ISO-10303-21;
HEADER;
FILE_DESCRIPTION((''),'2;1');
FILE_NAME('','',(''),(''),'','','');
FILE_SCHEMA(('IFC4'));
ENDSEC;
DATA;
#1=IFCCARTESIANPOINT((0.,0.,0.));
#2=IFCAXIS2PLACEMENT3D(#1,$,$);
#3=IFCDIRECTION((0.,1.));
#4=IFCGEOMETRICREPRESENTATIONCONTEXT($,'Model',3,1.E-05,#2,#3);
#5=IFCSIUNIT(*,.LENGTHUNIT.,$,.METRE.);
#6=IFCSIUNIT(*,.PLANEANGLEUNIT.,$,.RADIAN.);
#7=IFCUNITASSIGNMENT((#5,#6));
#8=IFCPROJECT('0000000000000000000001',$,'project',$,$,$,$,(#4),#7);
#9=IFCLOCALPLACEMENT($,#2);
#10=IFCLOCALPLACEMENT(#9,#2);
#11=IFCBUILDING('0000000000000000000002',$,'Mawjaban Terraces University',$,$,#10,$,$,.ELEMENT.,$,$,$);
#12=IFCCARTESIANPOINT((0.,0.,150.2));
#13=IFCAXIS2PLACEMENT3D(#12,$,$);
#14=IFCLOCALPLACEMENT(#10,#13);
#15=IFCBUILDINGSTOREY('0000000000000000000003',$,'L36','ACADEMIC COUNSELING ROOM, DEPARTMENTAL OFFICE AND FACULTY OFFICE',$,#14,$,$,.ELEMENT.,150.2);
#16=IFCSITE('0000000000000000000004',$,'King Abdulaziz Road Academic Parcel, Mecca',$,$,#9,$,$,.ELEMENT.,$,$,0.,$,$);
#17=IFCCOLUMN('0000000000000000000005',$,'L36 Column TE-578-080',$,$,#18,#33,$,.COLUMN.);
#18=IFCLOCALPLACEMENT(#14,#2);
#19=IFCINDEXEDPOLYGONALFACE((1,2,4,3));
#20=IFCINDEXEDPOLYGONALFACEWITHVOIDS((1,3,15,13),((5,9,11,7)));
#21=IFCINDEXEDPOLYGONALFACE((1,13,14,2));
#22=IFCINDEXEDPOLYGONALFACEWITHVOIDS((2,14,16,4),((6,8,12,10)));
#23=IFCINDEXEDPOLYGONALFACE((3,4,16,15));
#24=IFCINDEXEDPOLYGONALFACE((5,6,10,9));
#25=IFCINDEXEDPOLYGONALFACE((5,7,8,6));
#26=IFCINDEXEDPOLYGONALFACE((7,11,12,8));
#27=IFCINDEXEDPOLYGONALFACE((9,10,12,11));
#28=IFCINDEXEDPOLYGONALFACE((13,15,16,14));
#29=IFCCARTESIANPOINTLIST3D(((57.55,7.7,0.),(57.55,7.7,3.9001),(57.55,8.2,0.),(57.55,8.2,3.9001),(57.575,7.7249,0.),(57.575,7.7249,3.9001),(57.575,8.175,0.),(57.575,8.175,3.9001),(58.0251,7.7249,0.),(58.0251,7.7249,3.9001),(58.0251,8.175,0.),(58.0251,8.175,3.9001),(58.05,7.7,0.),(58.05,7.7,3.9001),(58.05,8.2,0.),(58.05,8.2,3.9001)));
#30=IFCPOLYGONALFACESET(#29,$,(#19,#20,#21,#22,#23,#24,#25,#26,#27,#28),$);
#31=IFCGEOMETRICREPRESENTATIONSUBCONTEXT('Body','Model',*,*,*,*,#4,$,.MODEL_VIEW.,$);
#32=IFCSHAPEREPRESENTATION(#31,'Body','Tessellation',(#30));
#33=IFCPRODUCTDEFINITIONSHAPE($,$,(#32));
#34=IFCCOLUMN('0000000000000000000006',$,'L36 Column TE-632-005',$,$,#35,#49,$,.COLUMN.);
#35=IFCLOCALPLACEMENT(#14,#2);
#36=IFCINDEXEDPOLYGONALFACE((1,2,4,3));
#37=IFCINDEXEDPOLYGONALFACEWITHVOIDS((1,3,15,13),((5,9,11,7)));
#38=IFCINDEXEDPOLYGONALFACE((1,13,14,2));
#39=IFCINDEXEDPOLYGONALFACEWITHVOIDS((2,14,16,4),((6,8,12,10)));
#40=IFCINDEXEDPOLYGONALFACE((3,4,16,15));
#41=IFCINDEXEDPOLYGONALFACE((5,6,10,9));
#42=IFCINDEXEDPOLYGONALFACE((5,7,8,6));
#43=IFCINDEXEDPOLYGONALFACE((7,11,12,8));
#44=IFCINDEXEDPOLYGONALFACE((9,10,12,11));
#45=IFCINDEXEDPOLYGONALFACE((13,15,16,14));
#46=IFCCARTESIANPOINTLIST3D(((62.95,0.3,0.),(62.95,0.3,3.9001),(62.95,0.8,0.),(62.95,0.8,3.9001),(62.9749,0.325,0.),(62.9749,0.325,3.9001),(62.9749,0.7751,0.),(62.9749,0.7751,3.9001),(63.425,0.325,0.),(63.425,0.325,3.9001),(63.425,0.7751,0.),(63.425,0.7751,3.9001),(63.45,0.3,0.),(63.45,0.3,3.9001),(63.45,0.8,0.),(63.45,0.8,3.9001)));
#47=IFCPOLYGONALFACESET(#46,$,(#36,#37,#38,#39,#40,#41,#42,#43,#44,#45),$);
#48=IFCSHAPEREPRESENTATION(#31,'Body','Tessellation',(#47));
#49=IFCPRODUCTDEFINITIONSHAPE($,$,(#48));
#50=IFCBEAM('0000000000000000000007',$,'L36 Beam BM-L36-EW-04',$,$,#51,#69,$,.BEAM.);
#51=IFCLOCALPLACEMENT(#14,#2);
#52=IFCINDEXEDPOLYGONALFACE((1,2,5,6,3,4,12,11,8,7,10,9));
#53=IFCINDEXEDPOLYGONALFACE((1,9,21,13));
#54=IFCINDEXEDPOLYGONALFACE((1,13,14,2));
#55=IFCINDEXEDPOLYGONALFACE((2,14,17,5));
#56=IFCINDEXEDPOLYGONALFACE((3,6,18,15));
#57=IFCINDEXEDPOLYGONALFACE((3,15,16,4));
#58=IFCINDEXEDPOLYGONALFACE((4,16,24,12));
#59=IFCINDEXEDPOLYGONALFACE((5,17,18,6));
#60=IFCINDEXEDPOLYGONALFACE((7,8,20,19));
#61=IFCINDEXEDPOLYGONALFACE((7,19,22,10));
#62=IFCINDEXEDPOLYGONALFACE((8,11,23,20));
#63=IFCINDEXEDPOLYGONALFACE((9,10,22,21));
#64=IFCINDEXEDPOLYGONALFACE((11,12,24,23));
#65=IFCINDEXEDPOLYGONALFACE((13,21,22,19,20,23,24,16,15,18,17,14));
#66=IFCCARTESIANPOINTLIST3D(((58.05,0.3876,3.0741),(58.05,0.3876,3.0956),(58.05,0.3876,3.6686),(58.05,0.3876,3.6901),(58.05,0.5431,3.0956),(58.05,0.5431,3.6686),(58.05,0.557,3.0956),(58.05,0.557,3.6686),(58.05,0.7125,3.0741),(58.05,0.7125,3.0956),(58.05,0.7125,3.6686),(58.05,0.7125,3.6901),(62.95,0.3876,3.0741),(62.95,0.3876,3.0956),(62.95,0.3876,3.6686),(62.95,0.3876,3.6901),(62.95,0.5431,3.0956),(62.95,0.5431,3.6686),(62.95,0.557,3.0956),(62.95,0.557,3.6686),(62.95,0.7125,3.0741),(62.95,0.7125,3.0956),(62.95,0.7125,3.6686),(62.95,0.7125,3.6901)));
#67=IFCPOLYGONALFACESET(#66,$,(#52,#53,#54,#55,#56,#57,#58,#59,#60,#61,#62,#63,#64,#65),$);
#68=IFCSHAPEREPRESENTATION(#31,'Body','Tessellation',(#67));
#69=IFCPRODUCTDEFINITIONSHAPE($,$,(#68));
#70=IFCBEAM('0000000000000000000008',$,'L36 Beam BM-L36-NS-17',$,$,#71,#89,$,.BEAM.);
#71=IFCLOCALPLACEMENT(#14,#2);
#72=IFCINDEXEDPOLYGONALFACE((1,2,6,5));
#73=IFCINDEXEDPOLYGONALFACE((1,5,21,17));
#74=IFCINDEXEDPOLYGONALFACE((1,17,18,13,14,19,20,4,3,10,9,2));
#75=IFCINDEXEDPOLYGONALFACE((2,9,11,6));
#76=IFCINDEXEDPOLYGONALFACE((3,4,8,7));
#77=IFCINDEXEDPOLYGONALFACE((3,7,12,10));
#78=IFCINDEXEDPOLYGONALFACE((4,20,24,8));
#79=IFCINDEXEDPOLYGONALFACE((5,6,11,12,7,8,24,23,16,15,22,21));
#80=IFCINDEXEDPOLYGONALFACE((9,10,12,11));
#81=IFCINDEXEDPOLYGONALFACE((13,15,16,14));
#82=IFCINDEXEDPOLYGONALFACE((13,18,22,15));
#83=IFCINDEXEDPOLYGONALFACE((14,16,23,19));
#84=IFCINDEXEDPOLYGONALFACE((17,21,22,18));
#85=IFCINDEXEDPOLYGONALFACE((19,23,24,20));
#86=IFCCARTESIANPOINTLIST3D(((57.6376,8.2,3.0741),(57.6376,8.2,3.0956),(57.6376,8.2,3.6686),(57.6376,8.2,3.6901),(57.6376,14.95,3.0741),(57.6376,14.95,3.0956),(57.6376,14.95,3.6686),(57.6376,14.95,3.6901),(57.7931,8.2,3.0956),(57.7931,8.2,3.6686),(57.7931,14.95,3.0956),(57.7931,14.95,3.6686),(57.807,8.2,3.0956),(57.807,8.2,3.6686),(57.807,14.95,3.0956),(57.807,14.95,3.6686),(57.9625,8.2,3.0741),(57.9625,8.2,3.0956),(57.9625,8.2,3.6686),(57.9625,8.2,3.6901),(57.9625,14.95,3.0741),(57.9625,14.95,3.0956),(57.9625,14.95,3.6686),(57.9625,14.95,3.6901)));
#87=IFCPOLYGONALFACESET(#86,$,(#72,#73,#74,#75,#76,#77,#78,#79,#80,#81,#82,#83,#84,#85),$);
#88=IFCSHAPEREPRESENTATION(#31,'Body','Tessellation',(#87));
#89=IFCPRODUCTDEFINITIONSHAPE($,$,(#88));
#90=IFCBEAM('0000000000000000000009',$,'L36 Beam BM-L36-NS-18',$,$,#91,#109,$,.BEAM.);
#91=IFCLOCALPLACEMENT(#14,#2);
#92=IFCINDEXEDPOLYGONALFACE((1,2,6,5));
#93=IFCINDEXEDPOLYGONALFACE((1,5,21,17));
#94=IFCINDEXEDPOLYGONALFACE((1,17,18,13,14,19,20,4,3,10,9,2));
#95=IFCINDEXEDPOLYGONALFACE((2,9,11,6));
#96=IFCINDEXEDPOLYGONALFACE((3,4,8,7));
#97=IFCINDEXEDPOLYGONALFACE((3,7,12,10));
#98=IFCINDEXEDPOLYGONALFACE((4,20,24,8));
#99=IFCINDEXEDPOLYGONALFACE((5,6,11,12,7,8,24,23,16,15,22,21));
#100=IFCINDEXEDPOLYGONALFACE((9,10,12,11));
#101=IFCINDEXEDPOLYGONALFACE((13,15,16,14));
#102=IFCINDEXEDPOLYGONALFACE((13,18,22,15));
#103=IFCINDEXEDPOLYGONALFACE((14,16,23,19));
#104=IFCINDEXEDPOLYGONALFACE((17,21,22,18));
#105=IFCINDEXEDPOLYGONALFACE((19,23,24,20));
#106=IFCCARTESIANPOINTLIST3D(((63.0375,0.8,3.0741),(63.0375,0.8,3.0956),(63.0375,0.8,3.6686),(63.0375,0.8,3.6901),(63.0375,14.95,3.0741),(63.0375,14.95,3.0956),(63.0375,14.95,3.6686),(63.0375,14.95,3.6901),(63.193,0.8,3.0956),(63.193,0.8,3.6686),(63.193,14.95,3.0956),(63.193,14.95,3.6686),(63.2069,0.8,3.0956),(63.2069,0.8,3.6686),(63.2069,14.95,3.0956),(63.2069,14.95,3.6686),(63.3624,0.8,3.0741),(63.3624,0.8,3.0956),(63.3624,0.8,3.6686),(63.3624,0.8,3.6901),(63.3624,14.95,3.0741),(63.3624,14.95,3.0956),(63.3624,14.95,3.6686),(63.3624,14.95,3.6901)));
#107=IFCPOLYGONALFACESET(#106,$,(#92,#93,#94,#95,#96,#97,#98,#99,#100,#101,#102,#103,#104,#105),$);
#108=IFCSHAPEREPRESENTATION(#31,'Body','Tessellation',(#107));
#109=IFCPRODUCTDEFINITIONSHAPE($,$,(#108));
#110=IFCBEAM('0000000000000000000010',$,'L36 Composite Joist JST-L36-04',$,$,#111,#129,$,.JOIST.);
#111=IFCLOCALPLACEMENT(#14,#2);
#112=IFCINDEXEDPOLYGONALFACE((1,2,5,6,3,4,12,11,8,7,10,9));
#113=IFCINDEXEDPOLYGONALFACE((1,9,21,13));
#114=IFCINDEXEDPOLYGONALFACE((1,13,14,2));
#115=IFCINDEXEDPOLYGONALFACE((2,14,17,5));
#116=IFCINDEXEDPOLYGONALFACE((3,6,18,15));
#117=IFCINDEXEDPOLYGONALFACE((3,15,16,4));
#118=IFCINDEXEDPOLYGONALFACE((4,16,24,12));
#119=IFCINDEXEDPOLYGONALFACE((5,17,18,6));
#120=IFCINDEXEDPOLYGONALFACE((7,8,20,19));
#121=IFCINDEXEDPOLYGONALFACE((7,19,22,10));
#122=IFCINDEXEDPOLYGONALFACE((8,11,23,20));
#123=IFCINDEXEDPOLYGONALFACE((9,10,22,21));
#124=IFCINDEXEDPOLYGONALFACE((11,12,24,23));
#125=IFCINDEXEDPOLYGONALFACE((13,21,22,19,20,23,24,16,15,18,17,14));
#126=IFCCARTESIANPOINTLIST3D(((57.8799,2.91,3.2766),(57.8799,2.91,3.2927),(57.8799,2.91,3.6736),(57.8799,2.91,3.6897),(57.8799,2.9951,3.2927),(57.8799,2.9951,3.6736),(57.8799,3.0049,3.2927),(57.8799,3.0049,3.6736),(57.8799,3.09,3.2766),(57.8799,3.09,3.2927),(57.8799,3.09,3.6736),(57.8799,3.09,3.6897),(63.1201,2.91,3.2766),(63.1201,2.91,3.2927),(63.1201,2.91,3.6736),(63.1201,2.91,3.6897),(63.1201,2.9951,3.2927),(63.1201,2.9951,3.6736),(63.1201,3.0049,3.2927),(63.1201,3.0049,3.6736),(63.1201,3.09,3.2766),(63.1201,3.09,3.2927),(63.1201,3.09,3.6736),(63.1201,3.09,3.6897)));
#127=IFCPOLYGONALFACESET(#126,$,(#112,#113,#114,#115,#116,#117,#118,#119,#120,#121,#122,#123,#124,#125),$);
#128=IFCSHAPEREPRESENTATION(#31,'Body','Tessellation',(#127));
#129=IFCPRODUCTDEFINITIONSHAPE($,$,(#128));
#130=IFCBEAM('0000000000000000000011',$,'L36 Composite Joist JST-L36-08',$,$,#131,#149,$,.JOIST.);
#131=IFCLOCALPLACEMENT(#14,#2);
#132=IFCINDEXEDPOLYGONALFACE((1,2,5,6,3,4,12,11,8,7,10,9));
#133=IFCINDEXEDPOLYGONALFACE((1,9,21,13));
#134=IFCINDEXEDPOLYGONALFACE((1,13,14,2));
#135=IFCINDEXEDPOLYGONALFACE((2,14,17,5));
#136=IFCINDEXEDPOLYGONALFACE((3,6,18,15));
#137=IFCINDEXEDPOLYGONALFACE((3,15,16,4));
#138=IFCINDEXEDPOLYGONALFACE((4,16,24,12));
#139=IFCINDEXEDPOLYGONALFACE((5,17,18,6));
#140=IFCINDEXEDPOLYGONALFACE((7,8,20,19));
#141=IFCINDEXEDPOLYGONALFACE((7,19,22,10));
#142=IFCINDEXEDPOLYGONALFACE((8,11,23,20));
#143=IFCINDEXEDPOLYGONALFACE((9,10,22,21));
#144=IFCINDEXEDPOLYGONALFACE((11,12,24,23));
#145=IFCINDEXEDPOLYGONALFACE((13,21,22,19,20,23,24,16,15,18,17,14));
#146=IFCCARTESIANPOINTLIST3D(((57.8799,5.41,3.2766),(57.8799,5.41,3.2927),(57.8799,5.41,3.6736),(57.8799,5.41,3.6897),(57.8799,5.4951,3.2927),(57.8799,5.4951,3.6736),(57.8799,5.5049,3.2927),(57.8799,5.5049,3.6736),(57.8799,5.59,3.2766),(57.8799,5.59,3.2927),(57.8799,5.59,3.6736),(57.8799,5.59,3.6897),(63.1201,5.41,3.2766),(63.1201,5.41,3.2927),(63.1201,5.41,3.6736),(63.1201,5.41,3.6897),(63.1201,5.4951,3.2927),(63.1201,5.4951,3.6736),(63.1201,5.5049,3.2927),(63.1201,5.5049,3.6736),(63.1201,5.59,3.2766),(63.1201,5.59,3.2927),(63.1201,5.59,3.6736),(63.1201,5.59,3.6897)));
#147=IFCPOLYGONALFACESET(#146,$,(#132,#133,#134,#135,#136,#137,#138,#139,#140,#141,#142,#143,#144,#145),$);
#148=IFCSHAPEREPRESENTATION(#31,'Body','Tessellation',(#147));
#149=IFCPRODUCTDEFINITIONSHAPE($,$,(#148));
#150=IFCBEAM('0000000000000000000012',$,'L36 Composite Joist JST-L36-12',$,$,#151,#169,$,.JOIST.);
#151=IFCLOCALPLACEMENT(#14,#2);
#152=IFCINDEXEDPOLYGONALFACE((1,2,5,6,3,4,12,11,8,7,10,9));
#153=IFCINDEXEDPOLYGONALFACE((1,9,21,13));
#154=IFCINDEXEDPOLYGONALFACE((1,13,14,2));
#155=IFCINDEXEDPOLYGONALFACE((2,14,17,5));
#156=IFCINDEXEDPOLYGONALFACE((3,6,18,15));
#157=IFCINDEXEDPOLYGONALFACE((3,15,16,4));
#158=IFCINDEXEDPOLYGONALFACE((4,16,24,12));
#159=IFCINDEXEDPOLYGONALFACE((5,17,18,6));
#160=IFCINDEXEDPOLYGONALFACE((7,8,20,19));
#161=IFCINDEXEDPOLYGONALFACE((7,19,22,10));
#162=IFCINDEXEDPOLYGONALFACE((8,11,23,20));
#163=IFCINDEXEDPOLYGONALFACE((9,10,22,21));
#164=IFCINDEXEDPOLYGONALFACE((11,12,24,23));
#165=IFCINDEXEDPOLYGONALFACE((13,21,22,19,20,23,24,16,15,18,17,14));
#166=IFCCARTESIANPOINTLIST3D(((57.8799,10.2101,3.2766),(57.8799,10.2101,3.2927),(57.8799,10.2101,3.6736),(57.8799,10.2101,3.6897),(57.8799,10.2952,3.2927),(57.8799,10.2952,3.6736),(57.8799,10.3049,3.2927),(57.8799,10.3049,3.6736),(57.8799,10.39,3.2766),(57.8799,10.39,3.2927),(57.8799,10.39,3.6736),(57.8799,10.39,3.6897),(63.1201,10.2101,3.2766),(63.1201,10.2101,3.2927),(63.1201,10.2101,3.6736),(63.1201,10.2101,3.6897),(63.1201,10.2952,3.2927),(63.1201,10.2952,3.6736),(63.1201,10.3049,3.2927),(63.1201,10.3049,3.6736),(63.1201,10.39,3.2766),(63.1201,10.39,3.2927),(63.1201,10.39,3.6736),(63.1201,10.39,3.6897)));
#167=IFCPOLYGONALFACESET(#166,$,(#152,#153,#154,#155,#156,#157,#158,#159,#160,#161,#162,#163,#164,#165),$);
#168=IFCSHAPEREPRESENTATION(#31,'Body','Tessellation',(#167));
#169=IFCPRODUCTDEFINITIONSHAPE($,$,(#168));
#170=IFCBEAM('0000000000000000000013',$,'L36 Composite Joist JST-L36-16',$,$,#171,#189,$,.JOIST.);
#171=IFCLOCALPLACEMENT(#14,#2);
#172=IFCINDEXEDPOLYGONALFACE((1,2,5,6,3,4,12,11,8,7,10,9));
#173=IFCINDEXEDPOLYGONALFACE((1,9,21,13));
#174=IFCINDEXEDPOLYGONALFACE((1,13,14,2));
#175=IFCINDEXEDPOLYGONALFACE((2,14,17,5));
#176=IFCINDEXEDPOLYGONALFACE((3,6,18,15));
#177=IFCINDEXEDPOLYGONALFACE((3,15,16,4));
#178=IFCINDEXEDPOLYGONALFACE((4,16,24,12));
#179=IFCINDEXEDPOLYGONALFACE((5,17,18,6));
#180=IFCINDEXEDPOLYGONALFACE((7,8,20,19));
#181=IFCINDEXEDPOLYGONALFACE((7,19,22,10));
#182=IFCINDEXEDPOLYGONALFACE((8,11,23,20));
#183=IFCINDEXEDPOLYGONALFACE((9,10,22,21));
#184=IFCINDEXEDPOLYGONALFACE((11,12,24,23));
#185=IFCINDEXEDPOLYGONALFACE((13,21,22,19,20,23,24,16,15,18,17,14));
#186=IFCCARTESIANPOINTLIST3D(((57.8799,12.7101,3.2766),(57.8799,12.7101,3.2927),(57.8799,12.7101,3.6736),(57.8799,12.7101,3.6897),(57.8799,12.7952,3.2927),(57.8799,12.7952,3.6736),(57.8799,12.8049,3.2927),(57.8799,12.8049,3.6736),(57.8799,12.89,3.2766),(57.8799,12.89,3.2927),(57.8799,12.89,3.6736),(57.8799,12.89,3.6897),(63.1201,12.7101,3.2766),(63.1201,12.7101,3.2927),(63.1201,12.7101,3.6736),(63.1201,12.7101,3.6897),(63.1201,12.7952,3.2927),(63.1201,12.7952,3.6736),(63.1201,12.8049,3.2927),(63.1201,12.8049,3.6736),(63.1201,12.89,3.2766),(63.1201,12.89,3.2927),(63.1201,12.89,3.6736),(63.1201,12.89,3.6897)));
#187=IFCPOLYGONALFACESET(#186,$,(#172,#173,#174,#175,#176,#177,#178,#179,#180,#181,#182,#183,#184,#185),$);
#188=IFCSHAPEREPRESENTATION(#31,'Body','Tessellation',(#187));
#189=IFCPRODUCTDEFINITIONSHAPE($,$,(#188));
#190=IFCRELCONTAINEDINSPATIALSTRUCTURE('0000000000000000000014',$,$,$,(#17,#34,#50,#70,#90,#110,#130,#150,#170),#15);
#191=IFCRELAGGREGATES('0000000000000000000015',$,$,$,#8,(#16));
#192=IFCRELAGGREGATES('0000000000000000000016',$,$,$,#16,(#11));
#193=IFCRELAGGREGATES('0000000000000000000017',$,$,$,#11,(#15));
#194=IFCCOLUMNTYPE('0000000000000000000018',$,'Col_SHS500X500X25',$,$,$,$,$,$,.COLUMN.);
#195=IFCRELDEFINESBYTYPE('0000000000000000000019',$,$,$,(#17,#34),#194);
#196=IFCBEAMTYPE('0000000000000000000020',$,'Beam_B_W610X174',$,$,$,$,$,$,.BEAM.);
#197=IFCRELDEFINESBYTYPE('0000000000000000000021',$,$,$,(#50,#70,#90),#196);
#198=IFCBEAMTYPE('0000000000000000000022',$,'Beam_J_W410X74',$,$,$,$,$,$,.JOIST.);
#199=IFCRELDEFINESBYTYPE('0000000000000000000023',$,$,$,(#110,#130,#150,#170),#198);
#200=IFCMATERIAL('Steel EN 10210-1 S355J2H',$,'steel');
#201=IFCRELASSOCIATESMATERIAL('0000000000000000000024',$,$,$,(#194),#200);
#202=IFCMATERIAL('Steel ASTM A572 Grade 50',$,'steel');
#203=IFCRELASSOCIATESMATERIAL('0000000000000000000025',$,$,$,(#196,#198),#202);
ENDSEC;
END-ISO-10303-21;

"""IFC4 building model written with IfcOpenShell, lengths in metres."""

from ifc_helpers import new_model, si_unit, direction, frame, origin, origin_2d, place, context, subcontext, project, spatial, hollow_rectangle, i_section, extrude, material, material_profile, profile_set, type_object, element, save


model = new_model("IFC4")

# Units and contexts
model_context = context("Model", 3, precision=1e-05, world=origin(), true_north=direction((0.0, 1.0)))
body_context = subcontext(model_context, "Body", "Model", "MODEL_VIEW")
ifc_project = project(units=[si_unit("LENGTHUNIT", "METRE"), si_unit("PLANEANGLEUNIT", "RADIAN")], contexts=[model_context])

# Site, building, storey
site_placement = place(None, origin())
site = spatial("IfcSite", under=ifc_project, at=site_placement, Name="King Abdulaziz Road Academic Parcel, Mecca", CompositionType="ELEMENT", RefElevation=0.0)
building_placement = place(site_placement, origin())
building = spatial("IfcBuilding", under=site, at=building_placement, Name="Mawjaban Terraces University", CompositionType="ELEMENT")
storey_placement = place(building_placement, frame((0.0, 0.0, 150.2)))
storey = spatial("IfcBuildingStorey", under=building, at=storey_placement, Name="L36", Description="ACADEMIC COUNSELING ROOM, DEPARTMENTAL OFFICE AND FACULTY OFFICE", CompositionType="ELEMENT", Elevation=150.2)

# Columns
ifc_material_1 = material(Name="Steel EN 10210-1 S355J2H", Category="steel")
ifc_material_profile_1 = material_profile(ifc_material_1, hollow_rectangle(XDim=0.5, YDim=0.5, WallThickness=0.0249, at=origin_2d()), Name="SHS500X500X25")
ifc_profile_set_1 = profile_set([ifc_material_profile_1], Name="Steel EN 10210-1 S355J2H")
column_type = type_object("IfcColumnType", Name="Col_SHS500X500X25", PredefinedType="COLUMN", material=ifc_profile_set_1)
for number, where, z_axis, x_axis, name in (
    (1, (57.8, 7.95, 0.0), (0.0, 0.0, 1.0), (1.0, 0.0, 0.0), "L36 Column TE-578-080"),
    (2, (63.2, 0.55, 0.0), (0.0, 0.0, 1.0), (1.0, 0.0, 0.0), "L36 Column TE-632-005"),
):
    element("IfcColumn", number, at=place(storey_placement, frame(where, z_axis=z_axis, x_axis=x_axis)), inside=storey, type_object=column_type, Name=name, PredefinedType="COLUMN", context=body_context, shape_type="SweptSolid", body=[
        extrude(hollow_rectangle(XDim=0.5, YDim=0.5, WallThickness=0.0249, at=origin_2d()), origin(), (0.0, 0.0, 1.0), 3.9001),
    ])

# Beams
ifc_material_2 = material(Name="Steel ASTM A572 Grade 50", Category="steel")
ifc_material_profile_2 = material_profile(ifc_material_2, i_section(OverallWidth=0.325, OverallDepth=0.616, WebThickness=0.0139, FlangeThickness=0.0215, at=origin_2d()), Name="W610X174")
ifc_profile_set_2 = profile_set([ifc_material_profile_2], Name="Steel ASTM A572 Grade 50")
beam_type_1 = type_object("IfcBeamType", Name="Beam_B_W610X174", PredefinedType="BEAM", material=ifc_profile_set_2)
beam_1_placement = place(storey_placement, frame((58.05, 0.55, 3.3821), z_axis=(1.0, 0.0, 0.0), x_axis=(0.0, 1.0, 0.0)))
element("IfcBeam", 3, at=beam_1_placement, inside=storey, type_object=beam_type_1, Name="L36 Beam BM-L36-EW-04", PredefinedType="BEAM", context=body_context, shape_type="SweptSolid", body=[
    extrude(i_section(OverallWidth=0.325, OverallDepth=0.616, WebThickness=0.0139, FlangeThickness=0.0215, at=origin_2d()), origin(), (0.0, 0.0, 1.0), 4.8999),
])
beam_2_placement = place(storey_placement, frame((57.8, 8.2, 3.3821), z_axis=(0.0, 1.0, 0.0), x_axis=(-1.0, 0.0, 0.0)))
element("IfcBeam", 4, at=beam_2_placement, inside=storey, type_object=beam_type_1, Name="L36 Beam BM-L36-NS-17", PredefinedType="BEAM", context=body_context, shape_type="SweptSolid", body=[
    extrude(i_section(OverallWidth=0.325, OverallDepth=0.616, WebThickness=0.0139, FlangeThickness=0.0215, at=origin_2d()), origin(), (0.0, 0.0, 1.0), 6.75),
])
beam_3_placement = place(storey_placement, frame((63.2, 0.8, 3.3821), z_axis=(0.0, 1.0, 0.0), x_axis=(-1.0, 0.0, 0.0)))
element("IfcBeam", 5, at=beam_3_placement, inside=storey, type_object=beam_type_1, Name="L36 Beam BM-L36-NS-18", PredefinedType="BEAM", context=body_context, shape_type="SweptSolid", body=[
    extrude(i_section(OverallWidth=0.325, OverallDepth=0.616, WebThickness=0.0139, FlangeThickness=0.0215, at=origin_2d()), origin(), (0.0, 0.0, 1.0), 14.1499),
])
ifc_material_profile_3 = material_profile(ifc_material_2, i_section(OverallWidth=0.1799, OverallDepth=0.4131, WebThickness=0.0098, FlangeThickness=0.0161, at=origin_2d()), Name="W410X74")
ifc_profile_set_3 = profile_set([ifc_material_profile_3], Name="Steel ASTM A572 Grade 50")
beam_type_2 = type_object("IfcBeamType", Name="Beam_J_W410X74", PredefinedType="JOIST", material=ifc_profile_set_3)
for number, where, z_axis, x_axis, name in (
    (6, (57.8799, 3.0, 3.4832), (1.0, 0.0, 0.0), (0.0, 1.0, 0.0), "L36 Composite Joist JST-L36-04"),
    (7, (57.8799, 5.5, 3.4832), (1.0, 0.0, 0.0), (0.0, 1.0, 0.0), "L36 Composite Joist JST-L36-08"),
    (8, (57.8799, 10.3, 3.4832), (1.0, 0.0, 0.0), (0.0, 1.0, 0.0), "L36 Composite Joist JST-L36-12"),
    (9, (57.8799, 12.8, 3.4832), (1.0, 0.0, 0.0), (0.0, 1.0, 0.0), "L36 Composite Joist JST-L36-16"),
):
    element("IfcBeam", number, at=place(storey_placement, frame(where, z_axis=z_axis, x_axis=x_axis)), inside=storey, type_object=beam_type_2, Name=name, PredefinedType="JOIST", context=body_context, shape_type="SweptSolid", body=[
        extrude(i_section(OverallWidth=0.1799, OverallDepth=0.4131, WebThickness=0.0098, FlangeThickness=0.0161, at=origin_2d()), origin(), (0.0, 0.0, 1.0), 5.2402),
    ])

save(model, "model.ifc")
